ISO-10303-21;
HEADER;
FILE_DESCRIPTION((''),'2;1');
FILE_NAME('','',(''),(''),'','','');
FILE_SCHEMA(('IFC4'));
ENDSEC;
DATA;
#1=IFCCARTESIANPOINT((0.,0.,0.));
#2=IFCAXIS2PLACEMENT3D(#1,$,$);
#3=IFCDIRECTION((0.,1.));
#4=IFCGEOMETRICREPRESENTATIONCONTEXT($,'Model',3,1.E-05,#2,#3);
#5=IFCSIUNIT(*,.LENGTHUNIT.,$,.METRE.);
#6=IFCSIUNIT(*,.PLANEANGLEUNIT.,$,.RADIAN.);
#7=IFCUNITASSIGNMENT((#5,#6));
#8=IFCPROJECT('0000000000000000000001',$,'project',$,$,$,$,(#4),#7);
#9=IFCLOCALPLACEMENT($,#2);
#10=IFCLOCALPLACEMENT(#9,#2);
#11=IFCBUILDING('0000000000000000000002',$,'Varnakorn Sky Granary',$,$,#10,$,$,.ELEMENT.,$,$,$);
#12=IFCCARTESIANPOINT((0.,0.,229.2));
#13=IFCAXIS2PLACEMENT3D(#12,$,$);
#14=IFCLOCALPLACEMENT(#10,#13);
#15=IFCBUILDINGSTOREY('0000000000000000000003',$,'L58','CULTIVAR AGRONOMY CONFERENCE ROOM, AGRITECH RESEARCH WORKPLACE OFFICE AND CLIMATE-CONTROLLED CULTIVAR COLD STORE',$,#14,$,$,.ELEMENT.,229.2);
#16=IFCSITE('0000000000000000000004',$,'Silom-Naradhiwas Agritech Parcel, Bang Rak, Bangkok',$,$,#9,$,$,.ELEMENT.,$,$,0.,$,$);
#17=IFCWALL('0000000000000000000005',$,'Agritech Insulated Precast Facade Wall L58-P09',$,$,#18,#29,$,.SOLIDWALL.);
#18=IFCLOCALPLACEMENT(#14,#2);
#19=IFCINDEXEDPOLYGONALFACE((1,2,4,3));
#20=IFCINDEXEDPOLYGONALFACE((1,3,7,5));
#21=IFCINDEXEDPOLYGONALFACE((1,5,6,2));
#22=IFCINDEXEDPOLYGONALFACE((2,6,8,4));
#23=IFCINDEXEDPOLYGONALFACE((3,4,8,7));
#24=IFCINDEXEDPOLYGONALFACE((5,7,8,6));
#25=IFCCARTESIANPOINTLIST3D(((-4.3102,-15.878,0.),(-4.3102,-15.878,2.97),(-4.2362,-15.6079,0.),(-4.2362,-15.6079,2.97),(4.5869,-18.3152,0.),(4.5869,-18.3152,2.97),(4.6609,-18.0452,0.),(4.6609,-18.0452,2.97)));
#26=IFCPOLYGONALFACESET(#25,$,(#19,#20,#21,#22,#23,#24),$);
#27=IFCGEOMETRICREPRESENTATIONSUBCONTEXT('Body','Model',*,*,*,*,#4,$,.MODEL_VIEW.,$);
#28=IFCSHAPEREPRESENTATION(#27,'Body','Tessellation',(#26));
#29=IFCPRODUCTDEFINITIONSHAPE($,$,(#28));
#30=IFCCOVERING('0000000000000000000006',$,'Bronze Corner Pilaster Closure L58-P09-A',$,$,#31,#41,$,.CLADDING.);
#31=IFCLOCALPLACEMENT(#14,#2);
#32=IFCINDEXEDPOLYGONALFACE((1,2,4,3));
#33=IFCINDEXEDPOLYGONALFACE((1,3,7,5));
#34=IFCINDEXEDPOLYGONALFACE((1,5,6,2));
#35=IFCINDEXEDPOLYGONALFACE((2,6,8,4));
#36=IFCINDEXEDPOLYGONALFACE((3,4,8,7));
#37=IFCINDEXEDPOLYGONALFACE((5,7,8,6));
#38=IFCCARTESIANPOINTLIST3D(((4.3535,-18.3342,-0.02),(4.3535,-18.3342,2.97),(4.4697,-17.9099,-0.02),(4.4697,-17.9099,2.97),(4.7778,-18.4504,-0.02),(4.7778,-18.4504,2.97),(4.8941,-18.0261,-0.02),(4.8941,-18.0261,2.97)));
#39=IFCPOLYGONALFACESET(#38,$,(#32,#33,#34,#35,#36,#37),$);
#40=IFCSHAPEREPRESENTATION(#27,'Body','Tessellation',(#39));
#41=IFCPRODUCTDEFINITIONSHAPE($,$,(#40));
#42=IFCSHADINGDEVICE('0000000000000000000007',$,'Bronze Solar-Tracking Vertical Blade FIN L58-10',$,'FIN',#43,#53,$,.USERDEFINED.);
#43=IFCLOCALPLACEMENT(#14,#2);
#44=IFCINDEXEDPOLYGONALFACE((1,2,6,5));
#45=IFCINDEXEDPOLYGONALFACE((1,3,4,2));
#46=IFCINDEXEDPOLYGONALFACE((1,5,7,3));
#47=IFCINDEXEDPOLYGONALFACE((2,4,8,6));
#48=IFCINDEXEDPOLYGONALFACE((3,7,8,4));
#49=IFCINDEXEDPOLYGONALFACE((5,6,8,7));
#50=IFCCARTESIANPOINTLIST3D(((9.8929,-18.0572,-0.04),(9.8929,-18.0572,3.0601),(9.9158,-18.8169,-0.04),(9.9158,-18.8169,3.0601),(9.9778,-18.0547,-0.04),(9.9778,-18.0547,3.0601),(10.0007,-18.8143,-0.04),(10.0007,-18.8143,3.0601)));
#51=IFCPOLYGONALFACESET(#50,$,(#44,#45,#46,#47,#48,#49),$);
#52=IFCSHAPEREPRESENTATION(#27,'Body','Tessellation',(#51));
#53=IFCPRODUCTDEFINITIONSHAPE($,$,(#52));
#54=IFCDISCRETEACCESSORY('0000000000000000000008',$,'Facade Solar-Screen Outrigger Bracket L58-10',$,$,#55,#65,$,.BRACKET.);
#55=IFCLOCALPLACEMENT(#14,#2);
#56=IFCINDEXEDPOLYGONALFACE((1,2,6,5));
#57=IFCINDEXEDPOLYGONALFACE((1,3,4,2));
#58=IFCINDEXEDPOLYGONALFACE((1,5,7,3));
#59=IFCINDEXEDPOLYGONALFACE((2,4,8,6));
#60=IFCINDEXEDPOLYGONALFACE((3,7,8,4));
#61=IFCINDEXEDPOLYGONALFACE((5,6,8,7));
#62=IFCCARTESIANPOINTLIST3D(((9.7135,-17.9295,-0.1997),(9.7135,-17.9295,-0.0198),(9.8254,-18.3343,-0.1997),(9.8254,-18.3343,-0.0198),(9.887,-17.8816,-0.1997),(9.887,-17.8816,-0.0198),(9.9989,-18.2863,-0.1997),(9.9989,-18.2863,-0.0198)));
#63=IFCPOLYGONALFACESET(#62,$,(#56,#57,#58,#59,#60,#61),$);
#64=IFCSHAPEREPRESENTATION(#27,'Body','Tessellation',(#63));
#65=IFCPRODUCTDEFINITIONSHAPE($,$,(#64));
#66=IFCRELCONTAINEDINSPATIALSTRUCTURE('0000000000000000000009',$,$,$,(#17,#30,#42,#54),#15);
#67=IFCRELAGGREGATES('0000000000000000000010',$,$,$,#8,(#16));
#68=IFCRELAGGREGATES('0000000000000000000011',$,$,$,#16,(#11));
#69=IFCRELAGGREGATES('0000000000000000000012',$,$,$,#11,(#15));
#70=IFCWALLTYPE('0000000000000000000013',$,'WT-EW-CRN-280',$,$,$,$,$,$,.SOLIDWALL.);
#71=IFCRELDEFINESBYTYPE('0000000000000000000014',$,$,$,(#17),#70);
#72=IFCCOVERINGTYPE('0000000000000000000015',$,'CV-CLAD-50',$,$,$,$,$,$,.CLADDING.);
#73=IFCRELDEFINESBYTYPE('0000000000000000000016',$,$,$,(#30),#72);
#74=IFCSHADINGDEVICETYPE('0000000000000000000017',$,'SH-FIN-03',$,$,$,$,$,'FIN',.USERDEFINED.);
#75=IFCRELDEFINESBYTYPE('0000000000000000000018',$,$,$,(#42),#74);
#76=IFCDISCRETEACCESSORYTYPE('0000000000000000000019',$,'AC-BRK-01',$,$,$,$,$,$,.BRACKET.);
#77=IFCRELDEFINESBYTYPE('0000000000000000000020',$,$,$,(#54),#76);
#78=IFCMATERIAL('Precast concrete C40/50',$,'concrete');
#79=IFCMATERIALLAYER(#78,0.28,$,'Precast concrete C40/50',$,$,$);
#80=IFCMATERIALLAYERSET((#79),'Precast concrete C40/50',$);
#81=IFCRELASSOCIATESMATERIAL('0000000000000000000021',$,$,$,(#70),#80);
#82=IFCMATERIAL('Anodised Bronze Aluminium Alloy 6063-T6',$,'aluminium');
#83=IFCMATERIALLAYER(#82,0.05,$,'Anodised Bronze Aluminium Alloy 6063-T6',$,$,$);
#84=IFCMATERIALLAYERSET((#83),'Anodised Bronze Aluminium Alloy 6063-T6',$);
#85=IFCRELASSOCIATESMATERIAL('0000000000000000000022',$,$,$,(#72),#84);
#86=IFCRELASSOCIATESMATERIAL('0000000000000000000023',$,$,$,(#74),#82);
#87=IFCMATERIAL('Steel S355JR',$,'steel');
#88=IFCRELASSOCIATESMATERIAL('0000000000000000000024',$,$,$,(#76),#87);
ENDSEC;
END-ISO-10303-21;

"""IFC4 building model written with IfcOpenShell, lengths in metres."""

from ifc_helpers import new_model, si_unit, direction, frame, frame_2d, origin, origin_2d, place, context, subcontext, project, spatial, rectangle, extrude, source, transform, mapped, material, layer, layer_set, type_object, type_shapes, element, save


model = new_model("IFC4")

# Units and contexts
model_context = context("Model", 3, precision=1e-05, world=origin(), true_north=direction((0.0, 1.0)))
body_context = subcontext(model_context, "Body", "Model", "MODEL_VIEW")
ifc_project = project(units=[si_unit("LENGTHUNIT", "METRE"), si_unit("PLANEANGLEUNIT", "RADIAN")], contexts=[model_context])

# Site, building, storey
site_placement = place(None, origin())
site = spatial("IfcSite", under=ifc_project, at=site_placement, Name="Silom-Naradhiwas Agritech Parcel, Bang Rak, Bangkok", CompositionType="ELEMENT", RefElevation=0.0)
building_placement = place(site_placement, origin())
building = spatial("IfcBuilding", under=site, at=building_placement, Name="Varnakorn Sky Granary", CompositionType="ELEMENT")
storey_placement = place(building_placement, frame((0.0, 0.0, 229.2)))
storey = spatial("IfcBuildingStorey", under=building, at=storey_placement, Name="L58", Description="CULTIVAR AGRONOMY CONFERENCE ROOM, AGRITECH RESEARCH WORKPLACE OFFICE AND CLIMATE-CONTROLLED CULTIVAR COLD STORE", CompositionType="ELEMENT", Elevation=229.2)

# Shared definitions
ifc_material_1 = material(Name="Steel S355JR", Category="steel")

# Shared definitions
ifc_material_2 = material(Name="Anodised Bronze Aluminium Alloy 6063-T6", Category="aluminium")

# Wall
ifc_material_3 = material(Name="Precast concrete C40/50", Category="concrete")
ifc_layer_1 = layer(ifc_material_3, 0.28, Name="Precast concrete C40/50")
ifc_layer_set_1 = layer_set([ifc_layer_1], Name="Precast concrete C40/50")
wall_type = type_object("IfcWallType", Name="WT-EW-CRN-280", PredefinedType="SOLIDWALL", material=ifc_layer_set_1)
wall_placement = place(storey_placement, frame((4.6238, -18.1802, 0.0), z_axis=(0.0, 0.0, 1.0), x_axis=(-0.964466, 0.264208, 0.0)))
element("IfcWall", 1, at=wall_placement, inside=storey, type_object=wall_type, Name="Agritech Insulated Precast Facade Wall L58-P09", PredefinedType="SOLIDWALL", context=body_context, shape_type="SweptSolid", body=[
    extrude(rectangle(XDim=9.2249, YDim=0.28, at=frame_2d((4.6123, 0.0))), origin(), (0.0, 0.0, 1.0), 2.97),
])

# Covering
ifc_layer_2 = layer(ifc_material_2, 0.05, Name="Anodised Bronze Aluminium Alloy 6063-T6")
ifc_layer_set_2 = layer_set([ifc_layer_2], Name="Anodised Bronze Aluminium Alloy 6063-T6")
covering_type = type_object("IfcCoveringType", Name="CV-CLAD-50", PredefinedType="CLADDING", material=ifc_layer_set_2)
shared_shape_1 = source(origin(), body_context, "Body", "SweptSolid", [
    extrude(rectangle(XDim=0.4399, YDim=0.4399, at=origin_2d()), origin(), (0.0, 0.0, 1.0), 2.99),
])
type_shapes(covering_type, [shared_shape_1])
covering_placement = place(storey_placement, frame((4.6238, -18.1802, -0.02), z_axis=(0.0, 0.0, 1.0), x_axis=(-0.964465, 0.26421, 0.0)))
element("IfcCovering", 2, at=covering_placement, inside=storey, type_object=covering_type, Name="Bronze Corner Pilaster Closure L58-P09-A", PredefinedType="CLADDING", context=body_context, shape_type="MappedRepresentation", body=[
    mapped(shared_shape_1, transform((0.0, 0.0, 0.0), x_axis=(1.0, 0.0, 0.0), y_axis=(0.0, 1.0, 0.0), z_axis=(0.0, 0.0, 1.0), scale=1.0)),
])

# Shading device
shading_device_type = type_object("IfcShadingDeviceType", Name="SH-FIN-03", ElementType="FIN", PredefinedType="USERDEFINED", material=ifc_material_2)
shared_shape_2 = source(origin(), body_context, "Body", "SweptSolid", [
    extrude(rectangle(XDim=0.085, YDim=0.76, at=origin_2d()), origin(), (0.0, 0.0, 1.0), 3.1001),
])
type_shapes(shading_device_type, [shared_shape_2])
shading_device_placement = place(storey_placement, frame((9.9468, -18.4358, -0.04), z_axis=(0.0, 0.0, 1.0), x_axis=(0.999546, 0.030125, 0.0)))
element("IfcShadingDevice", 3, at=shading_device_placement, inside=storey, type_object=shading_device_type, Name="Bronze Solar-Tracking Vertical Blade FIN L58-10", ObjectType="FIN", PredefinedType="USERDEFINED", context=body_context, shape_type="MappedRepresentation", body=[
    mapped(shared_shape_2, transform((0.0, 0.0, 0.0), x_axis=(1.0, 0.0, 0.0), y_axis=(0.0, 1.0, 0.0), z_axis=(0.0, 0.0, 1.0), scale=1.0)),
])

# Discrete accessory
discrete_accessory_type = type_object("IfcDiscreteAccessoryType", Name="AC-BRK-01", PredefinedType="BRACKET", material=ifc_material_1)
shared_shape_3 = source(origin(), body_context, "Body", "SweptSolid", [
    extrude(rectangle(XDim=0.1799, YDim=0.4199, at=origin_2d()), origin(), (0.0, 0.0, 1.0), 0.1799),
])
type_shapes(discrete_accessory_type, [shared_shape_3])
discrete_accessory_placement = place(storey_placement, frame((9.8562, -18.1079, -0.1997), z_axis=(0.0, 0.0, 1.0), x_axis=(0.963844, 0.266467, 0.0)))
element("IfcDiscreteAccessory", 4, at=discrete_accessory_placement, inside=storey, type_object=discrete_accessory_type, Name="Facade Solar-Screen Outrigger Bracket L58-10", PredefinedType="BRACKET", context=body_context, shape_type="MappedRepresentation", body=[
    mapped(shared_shape_3, transform((0.0, 0.0, 0.0), x_axis=(1.0, 0.0, 0.0), y_axis=(0.0, 1.0, 0.0), z_axis=(0.0, 0.0, 1.0), scale=1.0)),
])

save(model, "model.ifc")
